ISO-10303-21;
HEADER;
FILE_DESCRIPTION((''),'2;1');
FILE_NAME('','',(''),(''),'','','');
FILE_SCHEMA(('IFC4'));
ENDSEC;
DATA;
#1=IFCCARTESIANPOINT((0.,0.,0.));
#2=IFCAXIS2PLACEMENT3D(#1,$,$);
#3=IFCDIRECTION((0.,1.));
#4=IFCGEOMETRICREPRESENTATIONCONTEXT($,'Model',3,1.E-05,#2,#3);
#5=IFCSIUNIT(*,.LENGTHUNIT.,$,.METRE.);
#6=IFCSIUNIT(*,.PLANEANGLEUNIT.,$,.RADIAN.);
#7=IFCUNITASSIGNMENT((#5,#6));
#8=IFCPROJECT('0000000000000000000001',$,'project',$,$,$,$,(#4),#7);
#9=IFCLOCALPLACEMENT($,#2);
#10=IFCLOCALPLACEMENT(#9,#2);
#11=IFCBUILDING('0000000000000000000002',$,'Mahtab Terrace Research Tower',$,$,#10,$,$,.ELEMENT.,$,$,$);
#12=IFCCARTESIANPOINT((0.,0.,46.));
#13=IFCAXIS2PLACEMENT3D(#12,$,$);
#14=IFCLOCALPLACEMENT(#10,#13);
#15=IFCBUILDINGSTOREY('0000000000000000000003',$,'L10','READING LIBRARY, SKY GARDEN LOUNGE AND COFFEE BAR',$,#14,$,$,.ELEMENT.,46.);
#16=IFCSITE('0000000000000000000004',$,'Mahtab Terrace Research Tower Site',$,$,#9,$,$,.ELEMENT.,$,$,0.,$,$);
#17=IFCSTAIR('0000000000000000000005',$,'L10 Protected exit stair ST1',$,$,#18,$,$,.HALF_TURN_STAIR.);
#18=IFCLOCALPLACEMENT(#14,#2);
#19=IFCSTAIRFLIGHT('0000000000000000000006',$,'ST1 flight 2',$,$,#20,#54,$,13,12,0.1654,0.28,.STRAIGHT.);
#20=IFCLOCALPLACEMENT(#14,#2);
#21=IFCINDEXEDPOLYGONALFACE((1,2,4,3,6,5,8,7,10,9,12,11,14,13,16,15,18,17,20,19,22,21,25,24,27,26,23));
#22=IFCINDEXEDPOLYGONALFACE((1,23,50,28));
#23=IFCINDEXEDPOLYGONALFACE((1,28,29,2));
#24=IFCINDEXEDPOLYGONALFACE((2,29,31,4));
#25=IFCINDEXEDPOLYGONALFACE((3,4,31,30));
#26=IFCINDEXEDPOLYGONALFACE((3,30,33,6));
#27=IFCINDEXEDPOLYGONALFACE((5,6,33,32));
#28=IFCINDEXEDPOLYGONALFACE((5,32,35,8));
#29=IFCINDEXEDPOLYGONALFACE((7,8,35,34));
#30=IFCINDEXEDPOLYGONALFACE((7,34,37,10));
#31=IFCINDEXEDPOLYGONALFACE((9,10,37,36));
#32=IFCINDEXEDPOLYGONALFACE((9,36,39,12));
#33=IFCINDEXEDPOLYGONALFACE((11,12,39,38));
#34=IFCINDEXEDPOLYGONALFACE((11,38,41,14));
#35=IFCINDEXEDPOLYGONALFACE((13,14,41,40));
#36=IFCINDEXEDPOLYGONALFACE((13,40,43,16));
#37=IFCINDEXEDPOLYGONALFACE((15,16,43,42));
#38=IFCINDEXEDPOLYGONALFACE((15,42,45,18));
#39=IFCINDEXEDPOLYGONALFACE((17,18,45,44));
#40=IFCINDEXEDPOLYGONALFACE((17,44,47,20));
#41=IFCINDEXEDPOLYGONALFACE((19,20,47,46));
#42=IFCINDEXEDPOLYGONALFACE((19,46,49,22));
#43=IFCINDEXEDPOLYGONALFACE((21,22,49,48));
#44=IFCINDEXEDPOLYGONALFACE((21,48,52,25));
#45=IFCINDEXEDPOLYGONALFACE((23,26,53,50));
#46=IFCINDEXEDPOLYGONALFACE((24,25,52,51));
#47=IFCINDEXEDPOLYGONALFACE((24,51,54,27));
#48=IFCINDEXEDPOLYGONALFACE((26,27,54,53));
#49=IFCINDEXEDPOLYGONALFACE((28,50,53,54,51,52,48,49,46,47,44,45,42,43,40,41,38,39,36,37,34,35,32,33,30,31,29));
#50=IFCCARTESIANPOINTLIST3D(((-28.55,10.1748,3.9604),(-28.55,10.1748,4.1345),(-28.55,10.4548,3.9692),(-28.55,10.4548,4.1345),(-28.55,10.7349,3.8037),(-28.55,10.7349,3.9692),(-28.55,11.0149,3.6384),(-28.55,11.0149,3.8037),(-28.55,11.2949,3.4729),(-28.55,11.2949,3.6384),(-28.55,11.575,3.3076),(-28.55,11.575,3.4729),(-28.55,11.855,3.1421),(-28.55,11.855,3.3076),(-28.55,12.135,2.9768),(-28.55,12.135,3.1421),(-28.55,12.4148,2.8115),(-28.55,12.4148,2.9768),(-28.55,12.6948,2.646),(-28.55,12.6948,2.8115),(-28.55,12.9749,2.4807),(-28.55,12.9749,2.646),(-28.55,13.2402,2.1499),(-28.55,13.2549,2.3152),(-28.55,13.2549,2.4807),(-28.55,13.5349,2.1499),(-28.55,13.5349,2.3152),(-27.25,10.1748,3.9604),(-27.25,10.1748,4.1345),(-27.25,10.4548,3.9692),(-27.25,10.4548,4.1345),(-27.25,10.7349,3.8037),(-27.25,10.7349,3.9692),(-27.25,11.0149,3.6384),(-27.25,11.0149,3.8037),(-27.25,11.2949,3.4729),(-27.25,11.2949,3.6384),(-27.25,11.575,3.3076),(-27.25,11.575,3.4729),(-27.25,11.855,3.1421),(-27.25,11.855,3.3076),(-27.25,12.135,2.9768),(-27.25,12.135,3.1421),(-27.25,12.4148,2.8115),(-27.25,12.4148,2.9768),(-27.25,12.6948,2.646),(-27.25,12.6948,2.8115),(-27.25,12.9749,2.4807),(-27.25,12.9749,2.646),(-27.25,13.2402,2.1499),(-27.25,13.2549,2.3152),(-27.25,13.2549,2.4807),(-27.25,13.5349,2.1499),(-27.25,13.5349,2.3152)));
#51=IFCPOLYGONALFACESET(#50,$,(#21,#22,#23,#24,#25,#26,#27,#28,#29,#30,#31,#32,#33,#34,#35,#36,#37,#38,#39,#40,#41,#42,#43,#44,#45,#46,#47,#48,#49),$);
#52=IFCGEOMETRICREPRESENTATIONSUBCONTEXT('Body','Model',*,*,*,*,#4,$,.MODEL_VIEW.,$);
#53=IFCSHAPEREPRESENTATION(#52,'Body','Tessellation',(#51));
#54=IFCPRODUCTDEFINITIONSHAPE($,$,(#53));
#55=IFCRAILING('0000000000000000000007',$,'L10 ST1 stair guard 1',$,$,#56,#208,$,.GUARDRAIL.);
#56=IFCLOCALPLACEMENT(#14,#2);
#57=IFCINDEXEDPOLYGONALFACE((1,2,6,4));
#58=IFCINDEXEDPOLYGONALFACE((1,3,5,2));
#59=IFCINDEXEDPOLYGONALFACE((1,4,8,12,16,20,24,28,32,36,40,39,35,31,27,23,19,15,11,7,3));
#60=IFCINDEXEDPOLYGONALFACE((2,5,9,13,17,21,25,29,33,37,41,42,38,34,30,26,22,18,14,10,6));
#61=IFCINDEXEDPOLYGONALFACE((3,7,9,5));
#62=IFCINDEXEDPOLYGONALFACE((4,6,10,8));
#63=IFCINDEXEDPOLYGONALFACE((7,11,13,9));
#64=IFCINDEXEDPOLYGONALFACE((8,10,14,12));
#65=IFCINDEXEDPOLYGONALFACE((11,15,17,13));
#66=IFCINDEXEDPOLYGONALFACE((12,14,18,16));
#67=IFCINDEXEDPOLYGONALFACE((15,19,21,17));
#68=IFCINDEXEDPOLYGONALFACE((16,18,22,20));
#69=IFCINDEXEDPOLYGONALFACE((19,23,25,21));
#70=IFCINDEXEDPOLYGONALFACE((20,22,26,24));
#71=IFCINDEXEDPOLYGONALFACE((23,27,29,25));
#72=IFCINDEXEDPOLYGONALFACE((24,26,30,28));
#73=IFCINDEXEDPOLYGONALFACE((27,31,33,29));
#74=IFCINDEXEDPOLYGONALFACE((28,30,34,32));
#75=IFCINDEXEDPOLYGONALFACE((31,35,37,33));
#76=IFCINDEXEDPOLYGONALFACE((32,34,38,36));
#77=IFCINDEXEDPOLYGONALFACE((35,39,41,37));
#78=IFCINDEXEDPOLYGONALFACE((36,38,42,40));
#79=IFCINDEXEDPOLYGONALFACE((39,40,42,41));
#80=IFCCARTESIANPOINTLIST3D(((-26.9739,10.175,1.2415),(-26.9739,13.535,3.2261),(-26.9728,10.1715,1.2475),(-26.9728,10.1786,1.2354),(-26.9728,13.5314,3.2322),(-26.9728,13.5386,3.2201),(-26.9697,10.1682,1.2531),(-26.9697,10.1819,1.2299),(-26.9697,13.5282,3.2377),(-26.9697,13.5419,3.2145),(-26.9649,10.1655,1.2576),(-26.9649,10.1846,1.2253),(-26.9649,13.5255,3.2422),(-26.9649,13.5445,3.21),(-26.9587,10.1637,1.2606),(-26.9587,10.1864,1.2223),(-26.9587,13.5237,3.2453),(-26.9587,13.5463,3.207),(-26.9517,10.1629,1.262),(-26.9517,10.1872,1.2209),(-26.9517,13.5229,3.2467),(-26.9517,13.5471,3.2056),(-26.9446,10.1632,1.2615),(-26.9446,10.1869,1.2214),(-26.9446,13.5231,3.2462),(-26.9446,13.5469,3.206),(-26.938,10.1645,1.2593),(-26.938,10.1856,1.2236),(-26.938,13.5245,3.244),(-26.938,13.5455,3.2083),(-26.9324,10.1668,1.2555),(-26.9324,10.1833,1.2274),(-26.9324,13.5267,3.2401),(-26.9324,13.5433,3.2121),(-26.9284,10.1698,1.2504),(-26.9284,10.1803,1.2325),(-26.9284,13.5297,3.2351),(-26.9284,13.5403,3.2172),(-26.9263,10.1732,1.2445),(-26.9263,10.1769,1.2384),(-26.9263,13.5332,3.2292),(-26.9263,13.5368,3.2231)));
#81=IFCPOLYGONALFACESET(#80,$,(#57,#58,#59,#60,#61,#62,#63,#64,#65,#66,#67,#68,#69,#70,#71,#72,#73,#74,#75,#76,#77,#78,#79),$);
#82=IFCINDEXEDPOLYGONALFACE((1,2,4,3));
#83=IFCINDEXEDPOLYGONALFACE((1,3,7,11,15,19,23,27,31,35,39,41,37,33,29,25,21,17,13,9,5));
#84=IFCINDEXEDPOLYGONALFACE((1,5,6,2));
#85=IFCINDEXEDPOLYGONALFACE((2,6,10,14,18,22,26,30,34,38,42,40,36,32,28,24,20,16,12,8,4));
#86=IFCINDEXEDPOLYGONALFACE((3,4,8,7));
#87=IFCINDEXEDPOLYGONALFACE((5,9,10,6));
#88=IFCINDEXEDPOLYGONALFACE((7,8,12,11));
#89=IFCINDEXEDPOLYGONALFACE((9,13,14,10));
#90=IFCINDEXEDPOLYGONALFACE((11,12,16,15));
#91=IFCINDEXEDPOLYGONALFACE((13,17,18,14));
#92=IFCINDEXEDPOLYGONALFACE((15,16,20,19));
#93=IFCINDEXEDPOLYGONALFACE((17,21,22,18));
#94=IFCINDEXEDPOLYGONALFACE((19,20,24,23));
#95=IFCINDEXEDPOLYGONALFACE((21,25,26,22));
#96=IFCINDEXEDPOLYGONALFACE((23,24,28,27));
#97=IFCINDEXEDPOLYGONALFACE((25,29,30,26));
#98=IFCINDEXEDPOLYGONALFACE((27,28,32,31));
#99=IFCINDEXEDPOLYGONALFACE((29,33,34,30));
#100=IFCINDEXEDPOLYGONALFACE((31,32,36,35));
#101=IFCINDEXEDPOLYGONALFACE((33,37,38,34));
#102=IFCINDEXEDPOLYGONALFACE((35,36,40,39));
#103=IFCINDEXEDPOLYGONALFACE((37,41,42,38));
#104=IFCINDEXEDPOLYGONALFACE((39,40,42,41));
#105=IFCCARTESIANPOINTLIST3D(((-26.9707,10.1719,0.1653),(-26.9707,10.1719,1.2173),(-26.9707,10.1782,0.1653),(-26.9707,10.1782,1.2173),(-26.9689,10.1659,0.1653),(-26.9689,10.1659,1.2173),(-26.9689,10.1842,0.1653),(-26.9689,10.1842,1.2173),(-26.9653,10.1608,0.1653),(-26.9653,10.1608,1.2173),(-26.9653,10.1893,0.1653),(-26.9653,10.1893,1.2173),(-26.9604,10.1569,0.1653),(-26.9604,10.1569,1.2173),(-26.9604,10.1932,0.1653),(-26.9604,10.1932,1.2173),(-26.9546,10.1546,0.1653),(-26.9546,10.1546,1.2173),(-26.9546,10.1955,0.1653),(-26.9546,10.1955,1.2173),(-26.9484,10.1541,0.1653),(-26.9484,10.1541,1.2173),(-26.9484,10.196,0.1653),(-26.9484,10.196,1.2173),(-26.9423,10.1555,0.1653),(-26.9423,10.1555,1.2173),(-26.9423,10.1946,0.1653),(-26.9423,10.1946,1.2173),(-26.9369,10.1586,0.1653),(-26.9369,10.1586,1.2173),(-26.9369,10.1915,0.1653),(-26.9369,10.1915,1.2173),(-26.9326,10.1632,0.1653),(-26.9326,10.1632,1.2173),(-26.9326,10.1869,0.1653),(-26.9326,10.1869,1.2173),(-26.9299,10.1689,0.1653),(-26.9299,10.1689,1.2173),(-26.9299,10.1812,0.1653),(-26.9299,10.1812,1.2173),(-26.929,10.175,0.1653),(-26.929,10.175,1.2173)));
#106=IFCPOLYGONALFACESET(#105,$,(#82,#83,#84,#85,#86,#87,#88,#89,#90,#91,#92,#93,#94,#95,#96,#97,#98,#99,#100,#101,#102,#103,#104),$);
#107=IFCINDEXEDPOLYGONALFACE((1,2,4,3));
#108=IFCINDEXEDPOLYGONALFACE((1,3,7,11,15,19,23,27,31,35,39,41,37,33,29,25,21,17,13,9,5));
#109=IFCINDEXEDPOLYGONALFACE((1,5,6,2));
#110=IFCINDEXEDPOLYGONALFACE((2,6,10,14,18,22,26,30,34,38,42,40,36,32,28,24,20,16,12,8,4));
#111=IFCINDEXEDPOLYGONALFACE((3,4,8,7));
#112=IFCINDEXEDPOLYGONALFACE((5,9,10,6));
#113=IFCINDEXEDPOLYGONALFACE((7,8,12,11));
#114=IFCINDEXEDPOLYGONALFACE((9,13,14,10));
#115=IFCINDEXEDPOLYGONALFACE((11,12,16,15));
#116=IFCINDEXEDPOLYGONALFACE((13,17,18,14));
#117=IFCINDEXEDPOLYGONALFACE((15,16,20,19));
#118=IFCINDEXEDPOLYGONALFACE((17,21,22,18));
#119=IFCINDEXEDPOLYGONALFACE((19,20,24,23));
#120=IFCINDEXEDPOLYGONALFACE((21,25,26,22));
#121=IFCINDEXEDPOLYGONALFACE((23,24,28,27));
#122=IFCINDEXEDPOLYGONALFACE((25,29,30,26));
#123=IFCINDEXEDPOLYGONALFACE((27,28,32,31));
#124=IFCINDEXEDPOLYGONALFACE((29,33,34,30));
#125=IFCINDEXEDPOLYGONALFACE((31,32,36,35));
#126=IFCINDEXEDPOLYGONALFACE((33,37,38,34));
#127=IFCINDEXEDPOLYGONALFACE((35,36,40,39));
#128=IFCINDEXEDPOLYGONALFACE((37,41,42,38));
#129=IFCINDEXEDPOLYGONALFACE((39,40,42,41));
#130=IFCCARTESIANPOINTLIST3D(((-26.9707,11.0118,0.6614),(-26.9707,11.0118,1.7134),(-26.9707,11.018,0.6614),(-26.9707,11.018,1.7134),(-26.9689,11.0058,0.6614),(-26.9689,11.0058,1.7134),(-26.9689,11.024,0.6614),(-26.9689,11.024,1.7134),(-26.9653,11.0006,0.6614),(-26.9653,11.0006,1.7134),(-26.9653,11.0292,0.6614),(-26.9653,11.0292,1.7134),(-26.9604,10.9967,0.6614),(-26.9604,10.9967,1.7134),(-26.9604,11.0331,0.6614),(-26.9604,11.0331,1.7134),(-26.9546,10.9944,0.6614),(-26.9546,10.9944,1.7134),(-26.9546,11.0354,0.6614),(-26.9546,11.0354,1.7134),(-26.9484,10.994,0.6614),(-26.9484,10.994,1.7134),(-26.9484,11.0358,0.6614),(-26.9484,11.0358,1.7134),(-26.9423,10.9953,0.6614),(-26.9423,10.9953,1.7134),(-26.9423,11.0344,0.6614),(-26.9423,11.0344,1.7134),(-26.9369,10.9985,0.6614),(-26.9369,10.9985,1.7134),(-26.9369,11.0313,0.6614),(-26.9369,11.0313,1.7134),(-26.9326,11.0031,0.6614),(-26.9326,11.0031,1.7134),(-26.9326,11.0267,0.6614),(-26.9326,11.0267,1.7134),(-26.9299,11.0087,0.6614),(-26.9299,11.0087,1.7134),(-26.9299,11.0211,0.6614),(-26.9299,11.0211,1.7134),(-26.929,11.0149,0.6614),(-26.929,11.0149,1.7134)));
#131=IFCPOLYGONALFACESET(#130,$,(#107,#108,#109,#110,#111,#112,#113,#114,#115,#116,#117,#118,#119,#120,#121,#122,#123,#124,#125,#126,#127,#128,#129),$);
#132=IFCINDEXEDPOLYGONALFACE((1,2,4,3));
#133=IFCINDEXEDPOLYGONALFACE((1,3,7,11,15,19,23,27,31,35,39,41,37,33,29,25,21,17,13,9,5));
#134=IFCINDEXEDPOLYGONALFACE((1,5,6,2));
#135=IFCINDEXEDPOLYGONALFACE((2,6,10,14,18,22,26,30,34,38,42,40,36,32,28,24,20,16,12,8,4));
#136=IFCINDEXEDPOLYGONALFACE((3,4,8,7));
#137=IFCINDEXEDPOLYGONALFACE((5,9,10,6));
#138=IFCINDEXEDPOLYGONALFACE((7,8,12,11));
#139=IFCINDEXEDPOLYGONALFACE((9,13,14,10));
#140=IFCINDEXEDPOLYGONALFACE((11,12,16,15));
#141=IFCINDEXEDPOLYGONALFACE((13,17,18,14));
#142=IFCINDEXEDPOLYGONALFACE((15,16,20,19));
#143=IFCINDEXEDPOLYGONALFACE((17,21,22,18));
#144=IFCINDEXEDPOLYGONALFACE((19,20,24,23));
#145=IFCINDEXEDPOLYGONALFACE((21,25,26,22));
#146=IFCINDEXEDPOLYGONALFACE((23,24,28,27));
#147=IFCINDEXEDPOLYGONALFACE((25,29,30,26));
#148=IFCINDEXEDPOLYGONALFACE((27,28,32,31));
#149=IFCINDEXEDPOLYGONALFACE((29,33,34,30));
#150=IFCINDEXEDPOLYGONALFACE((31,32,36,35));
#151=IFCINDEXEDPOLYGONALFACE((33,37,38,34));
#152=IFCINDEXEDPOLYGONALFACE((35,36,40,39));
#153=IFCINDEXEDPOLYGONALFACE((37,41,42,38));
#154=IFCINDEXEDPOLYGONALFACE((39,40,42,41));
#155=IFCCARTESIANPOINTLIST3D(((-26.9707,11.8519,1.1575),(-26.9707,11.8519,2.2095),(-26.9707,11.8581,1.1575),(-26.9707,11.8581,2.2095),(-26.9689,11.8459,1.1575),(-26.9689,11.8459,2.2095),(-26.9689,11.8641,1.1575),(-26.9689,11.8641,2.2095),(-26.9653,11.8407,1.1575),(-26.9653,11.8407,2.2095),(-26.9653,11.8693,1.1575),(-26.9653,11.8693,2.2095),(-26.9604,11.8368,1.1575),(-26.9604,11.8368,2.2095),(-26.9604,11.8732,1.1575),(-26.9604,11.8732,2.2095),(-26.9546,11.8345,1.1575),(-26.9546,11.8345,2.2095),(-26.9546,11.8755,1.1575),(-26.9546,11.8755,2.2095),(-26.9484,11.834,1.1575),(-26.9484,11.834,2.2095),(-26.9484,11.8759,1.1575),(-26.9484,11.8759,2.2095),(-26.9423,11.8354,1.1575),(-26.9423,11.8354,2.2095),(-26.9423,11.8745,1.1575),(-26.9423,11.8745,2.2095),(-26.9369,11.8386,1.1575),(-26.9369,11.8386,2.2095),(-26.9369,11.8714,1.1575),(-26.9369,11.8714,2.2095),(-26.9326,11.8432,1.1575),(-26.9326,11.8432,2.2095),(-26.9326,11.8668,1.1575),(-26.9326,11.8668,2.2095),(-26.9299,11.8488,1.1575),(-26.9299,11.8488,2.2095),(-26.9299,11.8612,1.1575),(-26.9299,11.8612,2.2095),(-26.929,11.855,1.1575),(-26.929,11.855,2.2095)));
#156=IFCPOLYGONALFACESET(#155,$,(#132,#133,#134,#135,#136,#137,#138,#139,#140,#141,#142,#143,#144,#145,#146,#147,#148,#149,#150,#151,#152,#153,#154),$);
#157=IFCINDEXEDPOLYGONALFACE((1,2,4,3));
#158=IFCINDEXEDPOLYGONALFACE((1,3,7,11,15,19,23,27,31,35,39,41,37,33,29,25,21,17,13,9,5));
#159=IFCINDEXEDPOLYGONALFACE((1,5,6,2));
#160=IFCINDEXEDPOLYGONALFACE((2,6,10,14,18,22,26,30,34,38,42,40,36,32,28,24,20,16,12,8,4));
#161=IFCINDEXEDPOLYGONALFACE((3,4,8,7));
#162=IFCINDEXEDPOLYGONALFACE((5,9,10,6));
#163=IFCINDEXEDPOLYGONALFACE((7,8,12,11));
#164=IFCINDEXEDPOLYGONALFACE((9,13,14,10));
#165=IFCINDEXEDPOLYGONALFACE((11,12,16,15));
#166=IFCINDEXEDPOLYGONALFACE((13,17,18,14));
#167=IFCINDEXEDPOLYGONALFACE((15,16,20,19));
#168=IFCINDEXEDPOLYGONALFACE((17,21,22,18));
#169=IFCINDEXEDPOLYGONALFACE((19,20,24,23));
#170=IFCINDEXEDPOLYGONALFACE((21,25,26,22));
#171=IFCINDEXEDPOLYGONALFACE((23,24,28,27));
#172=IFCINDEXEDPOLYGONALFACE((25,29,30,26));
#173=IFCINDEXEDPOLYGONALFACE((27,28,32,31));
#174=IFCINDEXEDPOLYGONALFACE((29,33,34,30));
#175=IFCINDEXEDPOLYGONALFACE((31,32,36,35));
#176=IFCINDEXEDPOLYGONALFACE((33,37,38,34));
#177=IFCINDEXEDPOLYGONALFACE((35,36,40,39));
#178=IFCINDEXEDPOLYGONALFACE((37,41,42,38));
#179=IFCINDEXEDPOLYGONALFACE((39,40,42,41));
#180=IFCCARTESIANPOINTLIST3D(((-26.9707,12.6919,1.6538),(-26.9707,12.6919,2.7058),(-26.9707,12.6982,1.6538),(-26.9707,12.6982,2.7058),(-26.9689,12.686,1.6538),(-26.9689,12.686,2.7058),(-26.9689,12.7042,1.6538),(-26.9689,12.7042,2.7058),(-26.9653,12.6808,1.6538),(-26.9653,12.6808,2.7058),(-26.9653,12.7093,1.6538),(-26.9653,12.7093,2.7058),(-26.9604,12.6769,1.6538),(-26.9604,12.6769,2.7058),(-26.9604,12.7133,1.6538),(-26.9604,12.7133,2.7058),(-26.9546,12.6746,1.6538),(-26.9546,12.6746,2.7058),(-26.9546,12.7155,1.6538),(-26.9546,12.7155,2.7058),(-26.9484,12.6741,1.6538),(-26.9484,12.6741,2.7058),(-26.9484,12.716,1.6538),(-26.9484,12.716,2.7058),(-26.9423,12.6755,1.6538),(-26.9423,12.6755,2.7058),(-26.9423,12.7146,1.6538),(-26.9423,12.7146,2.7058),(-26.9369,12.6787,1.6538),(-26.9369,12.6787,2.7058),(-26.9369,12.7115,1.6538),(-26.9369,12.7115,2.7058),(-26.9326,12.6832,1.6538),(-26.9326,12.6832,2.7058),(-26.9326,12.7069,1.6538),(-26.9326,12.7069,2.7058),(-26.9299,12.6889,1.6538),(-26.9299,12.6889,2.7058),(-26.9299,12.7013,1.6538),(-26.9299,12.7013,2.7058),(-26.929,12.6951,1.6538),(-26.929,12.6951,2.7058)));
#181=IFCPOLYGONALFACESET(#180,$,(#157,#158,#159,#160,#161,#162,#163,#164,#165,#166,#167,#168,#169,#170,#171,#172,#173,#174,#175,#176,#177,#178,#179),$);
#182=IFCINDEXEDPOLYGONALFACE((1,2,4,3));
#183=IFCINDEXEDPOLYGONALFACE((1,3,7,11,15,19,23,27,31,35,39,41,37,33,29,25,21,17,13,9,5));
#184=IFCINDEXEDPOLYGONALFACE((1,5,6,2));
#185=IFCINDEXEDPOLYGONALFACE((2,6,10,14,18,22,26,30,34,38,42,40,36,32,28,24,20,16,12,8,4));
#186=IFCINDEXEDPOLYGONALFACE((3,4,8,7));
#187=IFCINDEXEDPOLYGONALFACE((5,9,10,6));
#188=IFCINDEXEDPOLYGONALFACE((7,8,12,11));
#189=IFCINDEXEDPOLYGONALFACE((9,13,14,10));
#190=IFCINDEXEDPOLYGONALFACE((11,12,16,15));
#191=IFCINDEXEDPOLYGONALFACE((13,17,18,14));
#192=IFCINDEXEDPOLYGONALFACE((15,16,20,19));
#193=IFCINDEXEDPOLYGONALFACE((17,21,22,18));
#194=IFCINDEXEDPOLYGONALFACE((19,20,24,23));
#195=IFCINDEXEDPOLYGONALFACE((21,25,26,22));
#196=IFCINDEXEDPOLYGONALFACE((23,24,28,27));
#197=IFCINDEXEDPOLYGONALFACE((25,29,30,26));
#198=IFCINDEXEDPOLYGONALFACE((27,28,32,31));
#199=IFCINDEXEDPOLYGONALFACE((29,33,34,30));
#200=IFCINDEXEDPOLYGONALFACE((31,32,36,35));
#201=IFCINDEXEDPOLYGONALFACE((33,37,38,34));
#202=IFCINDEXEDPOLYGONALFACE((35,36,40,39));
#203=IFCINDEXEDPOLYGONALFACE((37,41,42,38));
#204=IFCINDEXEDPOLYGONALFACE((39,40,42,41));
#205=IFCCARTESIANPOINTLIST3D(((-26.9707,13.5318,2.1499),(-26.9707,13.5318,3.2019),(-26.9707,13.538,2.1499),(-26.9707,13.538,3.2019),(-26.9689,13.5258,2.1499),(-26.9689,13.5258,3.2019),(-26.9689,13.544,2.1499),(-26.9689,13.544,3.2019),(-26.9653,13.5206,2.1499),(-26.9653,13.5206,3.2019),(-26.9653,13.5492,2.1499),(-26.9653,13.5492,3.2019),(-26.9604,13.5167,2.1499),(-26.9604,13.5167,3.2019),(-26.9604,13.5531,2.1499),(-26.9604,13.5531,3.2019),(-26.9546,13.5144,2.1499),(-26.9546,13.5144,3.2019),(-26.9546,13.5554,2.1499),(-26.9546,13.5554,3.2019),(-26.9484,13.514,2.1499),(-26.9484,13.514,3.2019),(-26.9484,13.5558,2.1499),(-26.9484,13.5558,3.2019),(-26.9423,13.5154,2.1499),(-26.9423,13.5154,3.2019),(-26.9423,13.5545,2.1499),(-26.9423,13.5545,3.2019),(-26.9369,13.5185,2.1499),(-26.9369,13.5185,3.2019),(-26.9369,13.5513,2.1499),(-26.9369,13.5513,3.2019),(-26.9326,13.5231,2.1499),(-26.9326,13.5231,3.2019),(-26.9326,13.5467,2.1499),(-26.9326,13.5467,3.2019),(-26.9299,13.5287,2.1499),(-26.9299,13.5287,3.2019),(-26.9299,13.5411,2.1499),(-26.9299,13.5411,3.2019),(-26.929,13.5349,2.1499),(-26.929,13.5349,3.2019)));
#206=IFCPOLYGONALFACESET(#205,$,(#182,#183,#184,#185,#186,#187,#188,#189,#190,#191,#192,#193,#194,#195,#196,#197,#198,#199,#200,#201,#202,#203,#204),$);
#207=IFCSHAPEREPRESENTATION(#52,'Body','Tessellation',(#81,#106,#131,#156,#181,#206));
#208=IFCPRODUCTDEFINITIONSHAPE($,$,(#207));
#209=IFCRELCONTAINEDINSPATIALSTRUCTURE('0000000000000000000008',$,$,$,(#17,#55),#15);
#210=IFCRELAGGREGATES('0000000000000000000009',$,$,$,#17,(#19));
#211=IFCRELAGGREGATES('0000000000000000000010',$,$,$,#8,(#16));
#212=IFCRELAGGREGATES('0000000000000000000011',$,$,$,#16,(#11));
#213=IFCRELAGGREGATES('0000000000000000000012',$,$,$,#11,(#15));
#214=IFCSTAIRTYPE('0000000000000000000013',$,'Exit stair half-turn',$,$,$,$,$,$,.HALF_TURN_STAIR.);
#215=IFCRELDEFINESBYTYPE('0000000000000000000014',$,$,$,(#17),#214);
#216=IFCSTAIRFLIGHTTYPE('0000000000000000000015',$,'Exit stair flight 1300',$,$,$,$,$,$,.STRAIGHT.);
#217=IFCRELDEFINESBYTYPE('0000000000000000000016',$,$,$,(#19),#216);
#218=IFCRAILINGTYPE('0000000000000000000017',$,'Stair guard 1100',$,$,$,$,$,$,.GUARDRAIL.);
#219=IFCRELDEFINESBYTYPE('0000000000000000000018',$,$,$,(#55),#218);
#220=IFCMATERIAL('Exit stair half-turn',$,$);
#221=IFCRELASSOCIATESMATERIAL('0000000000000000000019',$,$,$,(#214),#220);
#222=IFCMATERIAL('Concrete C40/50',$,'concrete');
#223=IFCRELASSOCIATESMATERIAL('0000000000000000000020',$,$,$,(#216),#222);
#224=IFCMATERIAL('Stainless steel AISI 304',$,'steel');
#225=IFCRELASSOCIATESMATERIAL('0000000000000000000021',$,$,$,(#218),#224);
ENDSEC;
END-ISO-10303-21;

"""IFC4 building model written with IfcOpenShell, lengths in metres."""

from ifc_helpers import new_model, si_unit, direction, frame, origin, origin_2d, place, context, subcontext, project, spatial, polyline, circle, outline, extrude, material, type_object, element, aggregate, save


model = new_model("IFC4")

# Units and contexts
model_context = context("Model", 3, precision=1e-05, world=origin(), true_north=direction((0.0, 1.0)))
body_context = subcontext(model_context, "Body", "Model", "MODEL_VIEW")
ifc_project = project(units=[si_unit("LENGTHUNIT", "METRE"), si_unit("PLANEANGLEUNIT", "RADIAN")], contexts=[model_context])

# Site, building, storey
site_placement = place(None, origin())
site = spatial("IfcSite", under=ifc_project, at=site_placement, Name="Mahtab Terrace Research Tower Site", CompositionType="ELEMENT", RefElevation=0.0)
building_placement = place(site_placement, origin())
building = spatial("IfcBuilding", under=site, at=building_placement, Name="Mahtab Terrace Research Tower", CompositionType="ELEMENT")
storey_placement = place(building_placement, frame((0.0, 0.0, 46.0)))
storey = spatial("IfcBuildingStorey", under=building, at=storey_placement, Name="L10", Description="READING LIBRARY, SKY GARDEN LOUNGE AND COFFEE BAR", CompositionType="ELEMENT", Elevation=46.0)

# Stair, stair flight
ifc_material_1 = material(Name="Exit stair half-turn")
stair_type = type_object("IfcStairType", Name="Exit stair half-turn", PredefinedType="HALF_TURN_STAIR", material=ifc_material_1)
stair_placement = place(storey_placement, origin())
stair = element("IfcStair", 1, at=stair_placement, inside=storey, type_object=stair_type, Name="L10 Protected exit stair ST1", PredefinedType="HALF_TURN_STAIR")
ifc_material_2 = material(Name="Concrete C40/50", Category="concrete")
stair_flight_type = type_object("IfcStairFlightType", Name="Exit stair flight 1300", PredefinedType="STRAIGHT", material=ifc_material_2)
stair_flight_1_placement = place(storey_placement, frame((-27.8999, 13.5349, 2.1499), z_axis=(0.0, 0.0, 1.0), x_axis=(0.0, -1.0, 0.0)))
stair_flight_1 = element("IfcStairFlight", 2, at=stair_flight_1_placement, type_object=stair_flight_type, Name="ST1 flight 2", NumberOfRisers=13, NumberOfTreads=12, PredefinedType="STRAIGHT", RiserHeight=0.1654, TreadLength=0.28, context=body_context, shape_type="SweptSolid", body=[
    extrude(outline(polyline([(0.0, 0.0), (0.0, 0.1653), (0.28, 0.1653), (0.28, 0.3308), (0.5601, 0.3308), (0.5601, 0.4961), (0.8401, 0.4961), (0.8401, 0.6616), (1.1201, 0.6616), (1.1201, 0.8269), (1.3999, 0.8269), (1.3999, 0.9922), (1.6799, 0.9922), (1.6799, 1.1577), (1.96, 1.1577), (1.96, 1.323), (2.24, 1.323), (2.24, 1.4885), (2.52, 1.4885), (2.52, 1.6538), (2.8, 1.6538), (2.8, 1.8193), (3.0801, 1.8193), (3.0801, 1.9846), (3.3601, 1.9846), (3.3601, 2.1499), (3.3601, 1.8105), (0.2947, 0.0), (0.0, 0.0)])), frame((0.0, 0.6499, 0.0), z_axis=(0.0, -1.0, 0.0), x_axis=(1.0, 0.0, 0.0)), (0.0, 0.0, 1.0), 1.3),
])
aggregate(stair, [stair_flight_1])

# Railing
ifc_material_3 = material(Name="Stainless steel AISI 304", Category="steel")
railing_type_1 = type_object("IfcRailingType", Name="Stair guard 1100", PredefinedType="GUARDRAIL", material=ifc_material_3)
railing_1_placement = place(storey_placement, frame((-26.95, 10.175, 0.1653)))
element("IfcRailing", 3, at=railing_1_placement, inside=storey, type_object=railing_type_1, Name="L10 ST1 stair guard 1", PredefinedType="GUARDRAIL", context=body_context, shape_type="SweptSolid", body=[
    extrude(circle(Radius=0.0239, at=origin_2d()), frame((0.0, 0.0, 1.0762), z_axis=(0.0, 0.861011, 0.508586), x_axis=(-1.0, 0.0, 0.0)), (0.0, 0.0, 1.0), 3.9023),
    extrude(circle(Radius=0.021, at=origin_2d()), origin(), (0.0, 0.0, 1.0), 1.052),
    extrude(circle(Radius=0.021, at=origin_2d()), frame((0.0, 0.8398, 0.4961)), (0.0, 0.0, 1.0), 1.052),
    extrude(circle(Radius=0.021, at=origin_2d()), frame((0.0, 1.6799, 0.9922)), (0.0, 0.0, 1.0), 1.052),
    extrude(circle(Radius=0.021, at=origin_2d()), frame((0.0, 2.52, 1.4885)), (0.0, 0.0, 1.0), 1.052),
    extrude(circle(Radius=0.021, at=origin_2d()), frame((0.0, 3.3599, 1.9846)), (0.0, 0.0, 1.0), 1.052),
])

save(model, "model.ifc")
